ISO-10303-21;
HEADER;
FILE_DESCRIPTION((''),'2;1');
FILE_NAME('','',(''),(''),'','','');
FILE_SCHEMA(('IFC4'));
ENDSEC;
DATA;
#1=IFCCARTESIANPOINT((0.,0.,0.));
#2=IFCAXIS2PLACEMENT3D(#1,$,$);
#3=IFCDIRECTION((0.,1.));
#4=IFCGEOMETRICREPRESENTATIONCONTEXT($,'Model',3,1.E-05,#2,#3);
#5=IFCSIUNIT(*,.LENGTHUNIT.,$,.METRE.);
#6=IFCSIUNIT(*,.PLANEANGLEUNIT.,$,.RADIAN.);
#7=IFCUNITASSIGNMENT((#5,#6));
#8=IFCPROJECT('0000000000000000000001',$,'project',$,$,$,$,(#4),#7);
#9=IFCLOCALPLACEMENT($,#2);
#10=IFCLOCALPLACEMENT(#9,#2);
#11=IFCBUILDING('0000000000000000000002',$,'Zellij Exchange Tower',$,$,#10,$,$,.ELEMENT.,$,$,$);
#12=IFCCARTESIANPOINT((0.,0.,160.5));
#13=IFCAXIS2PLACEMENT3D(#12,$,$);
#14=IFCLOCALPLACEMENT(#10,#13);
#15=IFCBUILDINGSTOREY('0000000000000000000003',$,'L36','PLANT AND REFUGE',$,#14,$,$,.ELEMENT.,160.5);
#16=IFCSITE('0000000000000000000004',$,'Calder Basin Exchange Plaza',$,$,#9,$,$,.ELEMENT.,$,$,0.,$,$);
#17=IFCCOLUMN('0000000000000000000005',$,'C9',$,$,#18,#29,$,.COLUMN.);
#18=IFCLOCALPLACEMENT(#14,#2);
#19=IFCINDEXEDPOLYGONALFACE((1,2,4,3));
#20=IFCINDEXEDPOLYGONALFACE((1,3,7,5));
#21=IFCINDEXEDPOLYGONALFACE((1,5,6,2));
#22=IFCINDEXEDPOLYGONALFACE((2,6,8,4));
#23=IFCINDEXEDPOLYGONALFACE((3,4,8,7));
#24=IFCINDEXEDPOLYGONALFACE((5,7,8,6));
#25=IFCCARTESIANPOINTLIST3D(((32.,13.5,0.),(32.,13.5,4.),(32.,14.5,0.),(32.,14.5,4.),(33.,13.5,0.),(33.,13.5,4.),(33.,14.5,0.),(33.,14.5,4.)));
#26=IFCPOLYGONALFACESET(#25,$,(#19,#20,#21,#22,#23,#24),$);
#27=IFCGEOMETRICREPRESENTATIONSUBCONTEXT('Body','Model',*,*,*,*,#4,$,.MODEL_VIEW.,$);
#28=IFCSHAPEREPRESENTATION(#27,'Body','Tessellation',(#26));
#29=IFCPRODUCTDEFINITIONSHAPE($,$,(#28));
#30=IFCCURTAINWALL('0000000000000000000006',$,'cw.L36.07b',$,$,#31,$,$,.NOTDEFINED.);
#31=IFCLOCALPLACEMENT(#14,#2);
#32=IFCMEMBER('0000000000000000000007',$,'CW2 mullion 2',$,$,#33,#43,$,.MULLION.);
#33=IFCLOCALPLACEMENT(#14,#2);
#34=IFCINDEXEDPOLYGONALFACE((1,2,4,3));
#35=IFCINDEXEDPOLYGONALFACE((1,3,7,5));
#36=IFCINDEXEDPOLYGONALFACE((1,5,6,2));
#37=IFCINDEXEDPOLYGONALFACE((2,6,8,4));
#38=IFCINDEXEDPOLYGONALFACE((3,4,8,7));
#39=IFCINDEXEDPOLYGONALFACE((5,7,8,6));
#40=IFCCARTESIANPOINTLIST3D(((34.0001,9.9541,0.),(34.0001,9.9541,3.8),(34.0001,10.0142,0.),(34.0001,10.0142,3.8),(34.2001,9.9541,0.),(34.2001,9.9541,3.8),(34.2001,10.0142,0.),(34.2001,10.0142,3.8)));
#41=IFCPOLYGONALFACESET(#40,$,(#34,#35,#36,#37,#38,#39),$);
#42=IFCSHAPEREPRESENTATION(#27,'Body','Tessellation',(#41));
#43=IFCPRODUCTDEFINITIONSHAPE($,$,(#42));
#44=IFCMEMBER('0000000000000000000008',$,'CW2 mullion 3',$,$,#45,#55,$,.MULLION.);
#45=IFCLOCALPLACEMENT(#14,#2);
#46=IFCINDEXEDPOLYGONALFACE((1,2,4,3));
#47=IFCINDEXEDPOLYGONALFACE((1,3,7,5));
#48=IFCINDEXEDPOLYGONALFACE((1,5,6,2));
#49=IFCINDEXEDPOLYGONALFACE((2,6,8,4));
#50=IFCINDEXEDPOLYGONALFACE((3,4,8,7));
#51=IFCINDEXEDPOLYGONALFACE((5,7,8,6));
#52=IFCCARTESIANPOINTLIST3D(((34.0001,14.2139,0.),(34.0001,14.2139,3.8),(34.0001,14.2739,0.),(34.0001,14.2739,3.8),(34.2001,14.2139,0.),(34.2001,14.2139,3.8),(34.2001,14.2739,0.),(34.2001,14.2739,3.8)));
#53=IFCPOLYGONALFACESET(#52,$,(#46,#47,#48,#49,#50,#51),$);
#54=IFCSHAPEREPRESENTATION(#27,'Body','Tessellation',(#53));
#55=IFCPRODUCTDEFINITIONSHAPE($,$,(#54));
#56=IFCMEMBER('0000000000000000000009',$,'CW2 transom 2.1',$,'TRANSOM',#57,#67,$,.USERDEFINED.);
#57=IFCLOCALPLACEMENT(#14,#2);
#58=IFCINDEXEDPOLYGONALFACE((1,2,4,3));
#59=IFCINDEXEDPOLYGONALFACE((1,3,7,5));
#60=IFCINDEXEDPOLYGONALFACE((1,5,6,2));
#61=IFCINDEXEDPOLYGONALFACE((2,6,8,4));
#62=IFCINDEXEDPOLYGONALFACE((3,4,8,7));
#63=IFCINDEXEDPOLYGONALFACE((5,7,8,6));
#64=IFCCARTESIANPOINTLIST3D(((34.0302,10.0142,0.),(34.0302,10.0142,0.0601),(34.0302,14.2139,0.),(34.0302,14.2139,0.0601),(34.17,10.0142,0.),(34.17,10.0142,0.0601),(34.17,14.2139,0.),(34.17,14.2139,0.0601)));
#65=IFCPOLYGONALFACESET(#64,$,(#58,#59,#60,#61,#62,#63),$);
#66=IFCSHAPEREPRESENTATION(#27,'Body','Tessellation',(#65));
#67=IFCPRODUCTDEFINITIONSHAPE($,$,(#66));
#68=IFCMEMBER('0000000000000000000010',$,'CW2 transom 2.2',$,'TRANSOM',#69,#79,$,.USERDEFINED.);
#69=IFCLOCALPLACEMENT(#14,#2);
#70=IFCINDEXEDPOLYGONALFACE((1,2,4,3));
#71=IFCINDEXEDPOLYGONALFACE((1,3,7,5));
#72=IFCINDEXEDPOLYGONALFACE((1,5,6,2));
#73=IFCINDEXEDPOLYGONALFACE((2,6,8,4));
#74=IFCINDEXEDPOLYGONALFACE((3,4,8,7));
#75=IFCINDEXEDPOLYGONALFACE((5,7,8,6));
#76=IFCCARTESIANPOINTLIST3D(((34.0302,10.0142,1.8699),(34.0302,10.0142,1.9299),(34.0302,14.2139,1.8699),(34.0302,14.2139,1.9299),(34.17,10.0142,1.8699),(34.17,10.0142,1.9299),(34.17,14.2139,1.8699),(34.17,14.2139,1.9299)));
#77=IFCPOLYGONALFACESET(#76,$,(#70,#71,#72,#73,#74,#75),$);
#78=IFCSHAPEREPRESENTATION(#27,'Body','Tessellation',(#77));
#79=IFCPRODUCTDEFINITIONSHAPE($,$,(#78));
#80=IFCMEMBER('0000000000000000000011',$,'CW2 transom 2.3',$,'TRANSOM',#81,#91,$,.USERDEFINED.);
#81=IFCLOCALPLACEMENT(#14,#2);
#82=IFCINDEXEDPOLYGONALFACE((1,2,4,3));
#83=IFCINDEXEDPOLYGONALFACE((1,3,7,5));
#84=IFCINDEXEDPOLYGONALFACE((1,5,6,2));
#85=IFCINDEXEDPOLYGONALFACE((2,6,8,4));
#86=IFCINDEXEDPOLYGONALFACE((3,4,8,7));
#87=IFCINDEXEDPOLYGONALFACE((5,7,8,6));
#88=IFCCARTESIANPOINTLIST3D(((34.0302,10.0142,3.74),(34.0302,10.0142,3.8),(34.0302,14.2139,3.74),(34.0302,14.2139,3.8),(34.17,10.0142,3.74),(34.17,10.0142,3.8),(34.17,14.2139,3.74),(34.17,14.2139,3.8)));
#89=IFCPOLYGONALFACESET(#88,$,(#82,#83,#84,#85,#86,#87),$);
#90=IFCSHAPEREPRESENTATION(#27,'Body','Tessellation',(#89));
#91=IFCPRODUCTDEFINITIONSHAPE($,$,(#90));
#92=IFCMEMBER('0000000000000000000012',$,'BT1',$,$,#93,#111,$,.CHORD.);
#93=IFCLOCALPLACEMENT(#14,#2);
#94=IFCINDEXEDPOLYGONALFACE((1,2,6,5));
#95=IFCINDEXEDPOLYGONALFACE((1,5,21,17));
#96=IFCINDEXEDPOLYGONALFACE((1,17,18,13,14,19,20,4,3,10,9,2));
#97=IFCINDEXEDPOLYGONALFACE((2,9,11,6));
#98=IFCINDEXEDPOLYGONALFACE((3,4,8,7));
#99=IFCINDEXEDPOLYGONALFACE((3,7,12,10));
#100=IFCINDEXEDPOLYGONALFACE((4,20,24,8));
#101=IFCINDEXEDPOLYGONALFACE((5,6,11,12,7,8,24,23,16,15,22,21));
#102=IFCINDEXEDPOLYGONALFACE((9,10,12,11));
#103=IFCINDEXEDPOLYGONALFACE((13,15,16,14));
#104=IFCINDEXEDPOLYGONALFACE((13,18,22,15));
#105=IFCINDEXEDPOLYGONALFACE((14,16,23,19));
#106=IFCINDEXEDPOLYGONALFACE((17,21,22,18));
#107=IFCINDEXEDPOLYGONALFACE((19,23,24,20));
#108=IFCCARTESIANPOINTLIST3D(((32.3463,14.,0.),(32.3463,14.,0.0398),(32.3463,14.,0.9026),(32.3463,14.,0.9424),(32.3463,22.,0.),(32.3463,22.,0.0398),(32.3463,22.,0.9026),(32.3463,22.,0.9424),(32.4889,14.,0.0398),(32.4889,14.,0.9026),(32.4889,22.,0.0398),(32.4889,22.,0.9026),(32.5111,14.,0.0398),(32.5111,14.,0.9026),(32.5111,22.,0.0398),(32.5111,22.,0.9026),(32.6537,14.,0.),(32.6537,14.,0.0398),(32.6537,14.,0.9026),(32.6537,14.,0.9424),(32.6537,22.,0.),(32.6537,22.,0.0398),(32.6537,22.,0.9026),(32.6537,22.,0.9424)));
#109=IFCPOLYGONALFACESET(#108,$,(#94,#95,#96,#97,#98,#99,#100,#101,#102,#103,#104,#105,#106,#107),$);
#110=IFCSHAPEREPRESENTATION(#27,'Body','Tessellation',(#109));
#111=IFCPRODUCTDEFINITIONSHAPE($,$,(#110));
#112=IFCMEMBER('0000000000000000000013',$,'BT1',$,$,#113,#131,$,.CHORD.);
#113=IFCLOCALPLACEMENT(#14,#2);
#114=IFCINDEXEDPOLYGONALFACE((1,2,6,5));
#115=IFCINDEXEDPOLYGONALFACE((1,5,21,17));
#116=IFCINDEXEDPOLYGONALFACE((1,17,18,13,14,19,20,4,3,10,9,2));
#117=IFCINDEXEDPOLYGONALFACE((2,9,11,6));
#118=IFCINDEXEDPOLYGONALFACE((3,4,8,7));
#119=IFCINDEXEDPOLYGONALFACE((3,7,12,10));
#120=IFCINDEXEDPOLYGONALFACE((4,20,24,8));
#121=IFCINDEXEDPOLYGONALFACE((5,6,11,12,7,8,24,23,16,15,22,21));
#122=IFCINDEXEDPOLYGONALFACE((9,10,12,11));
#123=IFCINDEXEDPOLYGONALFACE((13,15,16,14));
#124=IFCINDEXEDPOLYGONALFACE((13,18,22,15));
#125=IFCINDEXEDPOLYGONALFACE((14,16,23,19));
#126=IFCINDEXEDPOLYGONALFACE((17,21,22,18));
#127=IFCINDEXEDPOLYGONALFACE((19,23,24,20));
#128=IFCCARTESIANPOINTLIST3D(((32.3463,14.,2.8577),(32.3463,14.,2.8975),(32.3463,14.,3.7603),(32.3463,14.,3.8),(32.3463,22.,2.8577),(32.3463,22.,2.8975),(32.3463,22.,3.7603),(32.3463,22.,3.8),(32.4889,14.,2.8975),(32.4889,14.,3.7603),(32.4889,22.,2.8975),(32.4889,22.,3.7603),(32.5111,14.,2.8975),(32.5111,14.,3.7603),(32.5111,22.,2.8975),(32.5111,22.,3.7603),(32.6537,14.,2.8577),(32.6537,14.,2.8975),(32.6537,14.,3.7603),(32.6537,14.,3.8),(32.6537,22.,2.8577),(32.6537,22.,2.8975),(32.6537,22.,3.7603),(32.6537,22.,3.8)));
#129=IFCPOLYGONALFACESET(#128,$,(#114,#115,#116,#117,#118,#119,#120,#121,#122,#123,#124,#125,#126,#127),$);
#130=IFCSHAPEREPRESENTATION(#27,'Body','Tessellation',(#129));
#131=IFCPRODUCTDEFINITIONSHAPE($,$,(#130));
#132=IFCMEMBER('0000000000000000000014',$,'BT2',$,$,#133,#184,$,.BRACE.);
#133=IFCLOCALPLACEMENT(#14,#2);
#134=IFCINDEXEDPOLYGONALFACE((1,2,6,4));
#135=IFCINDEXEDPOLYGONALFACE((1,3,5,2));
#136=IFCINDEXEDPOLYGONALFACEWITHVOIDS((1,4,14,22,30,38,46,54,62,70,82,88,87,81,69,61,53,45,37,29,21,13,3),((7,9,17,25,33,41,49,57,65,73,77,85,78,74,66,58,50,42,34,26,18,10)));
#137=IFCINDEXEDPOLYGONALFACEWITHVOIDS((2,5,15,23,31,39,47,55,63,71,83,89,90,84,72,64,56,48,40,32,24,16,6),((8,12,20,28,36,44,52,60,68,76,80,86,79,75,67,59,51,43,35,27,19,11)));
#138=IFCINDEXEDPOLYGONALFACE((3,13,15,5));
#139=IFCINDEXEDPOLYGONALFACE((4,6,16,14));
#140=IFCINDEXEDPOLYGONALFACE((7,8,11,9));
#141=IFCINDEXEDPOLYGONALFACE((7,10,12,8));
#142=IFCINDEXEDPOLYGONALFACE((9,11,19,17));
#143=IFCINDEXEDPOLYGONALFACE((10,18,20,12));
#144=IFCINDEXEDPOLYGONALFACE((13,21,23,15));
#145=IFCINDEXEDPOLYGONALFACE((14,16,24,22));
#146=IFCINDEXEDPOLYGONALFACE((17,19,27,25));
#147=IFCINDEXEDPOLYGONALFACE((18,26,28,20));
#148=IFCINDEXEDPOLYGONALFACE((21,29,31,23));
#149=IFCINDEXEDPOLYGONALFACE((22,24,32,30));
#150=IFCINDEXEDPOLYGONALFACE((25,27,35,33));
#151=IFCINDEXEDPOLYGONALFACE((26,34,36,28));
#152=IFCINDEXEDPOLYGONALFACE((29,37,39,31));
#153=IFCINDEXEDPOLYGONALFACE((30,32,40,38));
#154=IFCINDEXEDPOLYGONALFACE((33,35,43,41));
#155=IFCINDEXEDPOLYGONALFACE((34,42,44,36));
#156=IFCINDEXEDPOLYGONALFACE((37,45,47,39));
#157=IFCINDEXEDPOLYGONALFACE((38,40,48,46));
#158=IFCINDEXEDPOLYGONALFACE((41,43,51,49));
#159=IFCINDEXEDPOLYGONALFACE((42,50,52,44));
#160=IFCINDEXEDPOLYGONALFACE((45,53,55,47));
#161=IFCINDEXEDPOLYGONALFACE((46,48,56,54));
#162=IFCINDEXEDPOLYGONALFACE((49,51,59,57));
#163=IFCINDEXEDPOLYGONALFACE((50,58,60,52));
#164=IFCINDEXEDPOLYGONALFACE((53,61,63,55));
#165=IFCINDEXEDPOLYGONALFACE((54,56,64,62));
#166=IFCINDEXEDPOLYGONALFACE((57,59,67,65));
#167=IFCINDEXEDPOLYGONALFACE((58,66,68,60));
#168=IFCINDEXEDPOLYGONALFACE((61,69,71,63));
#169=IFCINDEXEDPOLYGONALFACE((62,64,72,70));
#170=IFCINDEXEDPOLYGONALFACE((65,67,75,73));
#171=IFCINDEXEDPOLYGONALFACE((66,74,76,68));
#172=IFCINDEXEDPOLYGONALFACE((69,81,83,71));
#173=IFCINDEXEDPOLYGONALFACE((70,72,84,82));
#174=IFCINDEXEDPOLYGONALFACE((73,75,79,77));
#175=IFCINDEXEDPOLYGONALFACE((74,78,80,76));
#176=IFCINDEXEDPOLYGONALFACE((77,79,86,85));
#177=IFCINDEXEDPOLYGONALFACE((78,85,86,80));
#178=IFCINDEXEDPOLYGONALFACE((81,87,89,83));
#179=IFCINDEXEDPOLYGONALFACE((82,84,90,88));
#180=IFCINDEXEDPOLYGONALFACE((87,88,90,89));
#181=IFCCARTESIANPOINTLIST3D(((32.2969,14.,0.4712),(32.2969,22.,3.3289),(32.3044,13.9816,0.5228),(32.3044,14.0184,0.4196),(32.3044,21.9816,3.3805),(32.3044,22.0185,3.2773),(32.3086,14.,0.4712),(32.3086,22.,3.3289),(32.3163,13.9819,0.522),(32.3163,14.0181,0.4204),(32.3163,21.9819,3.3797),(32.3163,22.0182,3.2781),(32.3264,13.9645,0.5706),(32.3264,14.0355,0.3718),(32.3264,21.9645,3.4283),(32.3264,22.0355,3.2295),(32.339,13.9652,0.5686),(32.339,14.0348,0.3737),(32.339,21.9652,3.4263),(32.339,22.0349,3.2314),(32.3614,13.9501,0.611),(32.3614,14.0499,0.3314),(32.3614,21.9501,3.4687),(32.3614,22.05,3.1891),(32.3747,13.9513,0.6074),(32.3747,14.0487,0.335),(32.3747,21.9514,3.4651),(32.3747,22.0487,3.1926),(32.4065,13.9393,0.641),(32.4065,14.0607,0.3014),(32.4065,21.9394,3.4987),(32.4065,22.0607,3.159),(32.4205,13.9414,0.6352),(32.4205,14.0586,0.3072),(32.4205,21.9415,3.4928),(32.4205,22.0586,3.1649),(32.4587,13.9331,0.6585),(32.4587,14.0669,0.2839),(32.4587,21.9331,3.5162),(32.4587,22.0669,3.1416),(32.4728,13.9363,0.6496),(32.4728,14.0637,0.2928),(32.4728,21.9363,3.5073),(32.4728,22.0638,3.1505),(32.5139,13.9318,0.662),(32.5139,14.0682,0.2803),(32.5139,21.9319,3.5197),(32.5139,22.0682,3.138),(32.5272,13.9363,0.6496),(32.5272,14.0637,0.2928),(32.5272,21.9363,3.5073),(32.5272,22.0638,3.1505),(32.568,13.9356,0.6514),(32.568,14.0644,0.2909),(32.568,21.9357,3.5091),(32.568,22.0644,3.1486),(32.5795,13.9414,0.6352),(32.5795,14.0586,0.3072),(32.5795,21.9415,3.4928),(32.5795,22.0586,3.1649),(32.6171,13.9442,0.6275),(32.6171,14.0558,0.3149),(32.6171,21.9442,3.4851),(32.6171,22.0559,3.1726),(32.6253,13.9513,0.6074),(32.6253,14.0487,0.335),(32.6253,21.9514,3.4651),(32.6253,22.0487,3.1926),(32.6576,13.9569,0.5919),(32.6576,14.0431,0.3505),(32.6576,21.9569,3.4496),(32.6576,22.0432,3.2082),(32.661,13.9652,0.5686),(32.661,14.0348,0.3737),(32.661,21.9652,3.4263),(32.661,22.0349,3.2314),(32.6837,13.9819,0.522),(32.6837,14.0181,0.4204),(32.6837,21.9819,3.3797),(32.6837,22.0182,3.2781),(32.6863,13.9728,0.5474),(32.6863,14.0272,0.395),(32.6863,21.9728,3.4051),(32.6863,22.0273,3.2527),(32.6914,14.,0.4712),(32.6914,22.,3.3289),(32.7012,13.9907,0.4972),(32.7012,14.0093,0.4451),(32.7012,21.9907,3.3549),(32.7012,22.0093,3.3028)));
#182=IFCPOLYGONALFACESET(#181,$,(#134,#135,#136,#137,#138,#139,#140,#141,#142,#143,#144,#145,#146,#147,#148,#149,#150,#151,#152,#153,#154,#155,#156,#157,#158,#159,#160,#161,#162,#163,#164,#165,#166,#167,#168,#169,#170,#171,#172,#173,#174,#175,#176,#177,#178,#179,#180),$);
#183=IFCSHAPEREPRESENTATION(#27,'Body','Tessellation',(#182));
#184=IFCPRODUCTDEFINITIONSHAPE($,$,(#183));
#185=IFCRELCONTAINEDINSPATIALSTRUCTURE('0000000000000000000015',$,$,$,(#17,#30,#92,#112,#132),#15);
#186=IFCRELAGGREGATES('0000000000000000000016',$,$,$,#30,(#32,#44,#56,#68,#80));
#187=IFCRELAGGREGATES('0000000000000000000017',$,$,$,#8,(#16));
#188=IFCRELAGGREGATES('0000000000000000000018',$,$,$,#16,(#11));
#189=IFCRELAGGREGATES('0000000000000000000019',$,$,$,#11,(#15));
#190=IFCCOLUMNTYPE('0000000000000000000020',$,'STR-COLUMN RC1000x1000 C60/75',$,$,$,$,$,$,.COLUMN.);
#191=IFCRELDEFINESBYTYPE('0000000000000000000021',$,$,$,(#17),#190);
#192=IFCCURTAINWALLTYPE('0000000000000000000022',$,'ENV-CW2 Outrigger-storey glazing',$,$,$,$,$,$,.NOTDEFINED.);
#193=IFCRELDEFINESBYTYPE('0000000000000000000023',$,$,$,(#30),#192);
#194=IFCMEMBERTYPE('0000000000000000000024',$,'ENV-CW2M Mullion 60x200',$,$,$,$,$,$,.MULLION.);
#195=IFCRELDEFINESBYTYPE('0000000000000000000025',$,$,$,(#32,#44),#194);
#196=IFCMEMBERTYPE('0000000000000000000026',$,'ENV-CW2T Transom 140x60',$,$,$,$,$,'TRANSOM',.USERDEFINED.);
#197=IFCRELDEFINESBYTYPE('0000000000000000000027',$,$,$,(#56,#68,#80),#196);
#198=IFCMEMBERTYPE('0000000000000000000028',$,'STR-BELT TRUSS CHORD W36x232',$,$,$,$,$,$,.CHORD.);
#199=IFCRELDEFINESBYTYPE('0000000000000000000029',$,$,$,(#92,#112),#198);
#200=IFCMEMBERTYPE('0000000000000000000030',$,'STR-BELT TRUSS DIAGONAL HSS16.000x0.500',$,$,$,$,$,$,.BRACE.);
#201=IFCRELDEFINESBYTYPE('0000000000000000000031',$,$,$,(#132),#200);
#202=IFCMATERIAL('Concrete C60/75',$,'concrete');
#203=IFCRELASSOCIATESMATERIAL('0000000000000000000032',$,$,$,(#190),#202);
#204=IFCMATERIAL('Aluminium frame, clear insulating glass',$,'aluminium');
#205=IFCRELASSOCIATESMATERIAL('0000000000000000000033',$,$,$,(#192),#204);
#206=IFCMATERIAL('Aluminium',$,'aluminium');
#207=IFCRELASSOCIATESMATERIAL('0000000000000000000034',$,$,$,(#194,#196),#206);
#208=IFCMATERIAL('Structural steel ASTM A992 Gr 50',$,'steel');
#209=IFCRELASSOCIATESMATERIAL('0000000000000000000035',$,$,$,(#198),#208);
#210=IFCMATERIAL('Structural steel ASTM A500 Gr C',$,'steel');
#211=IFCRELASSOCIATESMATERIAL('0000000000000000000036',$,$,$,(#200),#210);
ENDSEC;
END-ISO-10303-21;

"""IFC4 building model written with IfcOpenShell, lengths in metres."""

from ifc_helpers import new_model, si_unit, direction, frame, origin, origin_2d, place, context, subcontext, project, spatial, rectangle, hollow_circle, i_section, extrude, material, material_profile, profile_set, type_object, element, aggregate, save


model = new_model("IFC4")

# Units and contexts
model_context = context("Model", 3, precision=1e-05, world=origin(), true_north=direction((0.0, 1.0)))
body_context = subcontext(model_context, "Body", "Model", "MODEL_VIEW")
ifc_project = project(units=[si_unit("LENGTHUNIT", "METRE"), si_unit("PLANEANGLEUNIT", "RADIAN")], contexts=[model_context])

# Site, building, storey
site_placement = place(None, origin())
site = spatial("IfcSite", under=ifc_project, at=site_placement, Name="Calder Basin Exchange Plaza", CompositionType="ELEMENT", RefElevation=0.0)
building_placement = place(site_placement, origin())
building = spatial("IfcBuilding", under=site, at=building_placement, Name="Zellij Exchange Tower", CompositionType="ELEMENT")
storey_placement = place(building_placement, frame((0.0, 0.0, 160.5)))
storey = spatial("IfcBuildingStorey", under=building, at=storey_placement, Name="L36", Description="PLANT AND REFUGE", CompositionType="ELEMENT", Elevation=160.5)

# Column
ifc_material_1 = material(Name="Concrete C60/75", Category="concrete")
ifc_material_profile_1 = material_profile(ifc_material_1, rectangle(XDim=1.0, YDim=1.0, at=origin_2d()), Name="STR-COLUMN RC1000x1000 C60/75")
ifc_profile_set_1 = profile_set([ifc_material_profile_1], Name="Concrete C60/75")
column_type = type_object("IfcColumnType", Name="STR-COLUMN RC1000x1000 C60/75", PredefinedType="COLUMN", material=ifc_profile_set_1)
column_placement = place(storey_placement, frame((32.5, 14.0, 0.0), z_axis=(0.0, 0.0, 1.0), x_axis=(1.0, 0.0, 0.0)))
element("IfcColumn", 1, at=column_placement, inside=storey, type_object=column_type, Name="C9", PredefinedType="COLUMN", context=body_context, shape_type="SweptSolid", body=[
    extrude(rectangle(XDim=1.0, YDim=1.0, at=origin_2d()), origin(), (0.0, 0.0, 1.0), 4.0),
])

# Curtain wall, members
ifc_material_2 = material(Name="Aluminium frame, clear insulating glass", Category="aluminium")
curtain_wall_type = type_object("IfcCurtainWallType", Name="ENV-CW2 Outrigger-storey glazing", PredefinedType="NOTDEFINED", material=ifc_material_2)
curtain_wall_placement = place(storey_placement, origin())
curtain_wall = element("IfcCurtainWall", 2, at=curtain_wall_placement, inside=storey, type_object=curtain_wall_type, Name="cw.L36.07b", PredefinedType="NOTDEFINED")
ifc_material_3 = material(Name="Aluminium", Category="aluminium")
ifc_material_profile_2 = material_profile(ifc_material_3, rectangle(XDim=0.0601, YDim=0.2, at=origin_2d()), Name="AL 60x200")
ifc_profile_set_2 = profile_set([ifc_material_profile_2], Name="Aluminium")
member_type_1 = type_object("IfcMemberType", Name="ENV-CW2M Mullion 60x200", PredefinedType="MULLION", material=ifc_profile_set_2)
member_1_placement = place(storey_placement, frame((34.1001, 9.9841, 0.0), z_axis=(0.0, 0.0, 1.0), x_axis=(0.0, 1.0, 0.0)))
member_1 = element("IfcMember", 3, at=member_1_placement, type_object=member_type_1, Name="CW2 mullion 2", PredefinedType="MULLION", context=body_context, shape_type="SweptSolid", body=[
    extrude(rectangle(XDim=0.0601, YDim=0.2, at=origin_2d()), origin(), (0.0, 0.0, 1.0), 3.8),
])
member_2_placement = place(storey_placement, frame((34.1001, 14.2439, 0.0), z_axis=(0.0, 0.0, 1.0), x_axis=(0.0, 1.0, 0.0)))
member_2 = element("IfcMember", 4, at=member_2_placement, type_object=member_type_1, Name="CW2 mullion 3", PredefinedType="MULLION", context=body_context, shape_type="SweptSolid", body=[
    extrude(rectangle(XDim=0.0601, YDim=0.2, at=origin_2d()), origin(), (0.0, 0.0, 1.0), 3.8),
])
ifc_material_profile_3 = material_profile(ifc_material_3, rectangle(XDim=0.1399, YDim=0.0601, at=origin_2d()), Name="AL 140x60")
ifc_profile_set_3 = profile_set([ifc_material_profile_3], Name="Aluminium")
member_type_2 = type_object("IfcMemberType", Name="ENV-CW2T Transom 140x60", ElementType="TRANSOM", PredefinedType="USERDEFINED", material=ifc_profile_set_3)
member_3_placement = place(storey_placement, frame((34.1001, 10.0142, 0.03), z_axis=(0.0, 1.0, 0.0), x_axis=(-1.0, 0.0, 0.0)))
member_3 = element("IfcMember", 5, at=member_3_placement, type_object=member_type_2, Name="CW2 transom 2.1", ObjectType="TRANSOM", PredefinedType="USERDEFINED", context=body_context, shape_type="SweptSolid", body=[
    extrude(rectangle(XDim=0.1399, YDim=0.0601, at=origin_2d()), origin(), (0.0, 0.0, 1.0), 4.1997),
])
member_4_placement = place(storey_placement, frame((34.1001, 10.0142, 1.8999), z_axis=(0.0, 1.0, 0.0), x_axis=(-1.0, 0.0, 0.0)))
member_4 = element("IfcMember", 6, at=member_4_placement, type_object=member_type_2, Name="CW2 transom 2.2", ObjectType="TRANSOM", PredefinedType="USERDEFINED", context=body_context, shape_type="SweptSolid", body=[
    extrude(rectangle(XDim=0.1399, YDim=0.0601, at=origin_2d()), origin(), (0.0, 0.0, 1.0), 4.1997),
])
member_5_placement = place(storey_placement, frame((34.1001, 10.0142, 3.77), z_axis=(0.0, 1.0, 0.0), x_axis=(-1.0, 0.0, 0.0)))
member_5 = element("IfcMember", 7, at=member_5_placement, type_object=member_type_2, Name="CW2 transom 2.3", ObjectType="TRANSOM", PredefinedType="USERDEFINED", context=body_context, shape_type="SweptSolid", body=[
    extrude(rectangle(XDim=0.1399, YDim=0.0601, at=origin_2d()), origin(), (0.0, 0.0, 1.0), 4.1997),
])

# Members
ifc_material_4 = material(Name="Structural steel ASTM A992 Gr 50", Category="steel")
ifc_material_profile_4 = material_profile(ifc_material_4, i_section(OverallWidth=0.3074, OverallDepth=0.9424, WebThickness=0.0222, FlangeThickness=0.0398, at=origin_2d()), Name="W36x232")
ifc_profile_set_4 = profile_set([ifc_material_profile_4], Name="Structural steel ASTM A992 Gr 50")
member_type_3 = type_object("IfcMemberType", Name="STR-BELT TRUSS CHORD W36x232", PredefinedType="CHORD", material=ifc_profile_set_4)
for number, where, z_axis, x_axis, name in (
    (8, (32.5, 14.0, 0.4712), (0.0, 1.0, 0.0), (-1.0, 0.0, 0.0), "BT1"),
    (9, (32.5, 14.0, 3.3289), (0.0, 1.0, 0.0), (-1.0, 0.0, 0.0), "BT1"),
):
    element("IfcMember", number, at=place(storey_placement, frame(where, z_axis=z_axis, x_axis=x_axis)), inside=storey, type_object=member_type_3, Name=name, PredefinedType="CHORD", context=body_context, shape_type="SweptSolid", body=[
        extrude(i_section(OverallWidth=0.3074, OverallDepth=0.9424, WebThickness=0.0222, FlangeThickness=0.0398, at=origin_2d()), origin(), (0.0, 0.0, 1.0), 8.0),
    ])
ifc_material_5 = material(Name="Structural steel ASTM A500 Gr C", Category="steel")
ifc_material_profile_5 = material_profile(ifc_material_5, hollow_circle(Radius=0.2031, WallThickness=0.0117, at=origin_2d()), Name="STR-BELT TRUSS DIAGONAL HSS16.000x0.500")
ifc_profile_set_5 = profile_set([ifc_material_profile_5], Name="Structural steel ASTM A500 Gr C")
member_type_4 = type_object("IfcMemberType", Name="STR-BELT TRUSS DIAGONAL HSS16.000x0.500", PredefinedType="BRACE", material=ifc_profile_set_5)
member_6_placement = place(storey_placement, frame((32.5, 14.0, 0.4712), z_axis=(0.0, 0.941722, 0.336391), x_axis=(-1.0, 0.0, 0.0)))
element("IfcMember", 10, at=member_6_placement, inside=storey, type_object=member_type_4, Name="BT2", PredefinedType="BRACE", context=body_context, shape_type="SweptSolid", body=[
    extrude(hollow_circle(Radius=0.2031, WallThickness=0.0117, at=origin_2d()), origin(), (0.0, 0.0, 1.0), 8.4951),
])

aggregate(curtain_wall, [member_1, member_2, member_3, member_4, member_5])

save(model, "model.ifc")
